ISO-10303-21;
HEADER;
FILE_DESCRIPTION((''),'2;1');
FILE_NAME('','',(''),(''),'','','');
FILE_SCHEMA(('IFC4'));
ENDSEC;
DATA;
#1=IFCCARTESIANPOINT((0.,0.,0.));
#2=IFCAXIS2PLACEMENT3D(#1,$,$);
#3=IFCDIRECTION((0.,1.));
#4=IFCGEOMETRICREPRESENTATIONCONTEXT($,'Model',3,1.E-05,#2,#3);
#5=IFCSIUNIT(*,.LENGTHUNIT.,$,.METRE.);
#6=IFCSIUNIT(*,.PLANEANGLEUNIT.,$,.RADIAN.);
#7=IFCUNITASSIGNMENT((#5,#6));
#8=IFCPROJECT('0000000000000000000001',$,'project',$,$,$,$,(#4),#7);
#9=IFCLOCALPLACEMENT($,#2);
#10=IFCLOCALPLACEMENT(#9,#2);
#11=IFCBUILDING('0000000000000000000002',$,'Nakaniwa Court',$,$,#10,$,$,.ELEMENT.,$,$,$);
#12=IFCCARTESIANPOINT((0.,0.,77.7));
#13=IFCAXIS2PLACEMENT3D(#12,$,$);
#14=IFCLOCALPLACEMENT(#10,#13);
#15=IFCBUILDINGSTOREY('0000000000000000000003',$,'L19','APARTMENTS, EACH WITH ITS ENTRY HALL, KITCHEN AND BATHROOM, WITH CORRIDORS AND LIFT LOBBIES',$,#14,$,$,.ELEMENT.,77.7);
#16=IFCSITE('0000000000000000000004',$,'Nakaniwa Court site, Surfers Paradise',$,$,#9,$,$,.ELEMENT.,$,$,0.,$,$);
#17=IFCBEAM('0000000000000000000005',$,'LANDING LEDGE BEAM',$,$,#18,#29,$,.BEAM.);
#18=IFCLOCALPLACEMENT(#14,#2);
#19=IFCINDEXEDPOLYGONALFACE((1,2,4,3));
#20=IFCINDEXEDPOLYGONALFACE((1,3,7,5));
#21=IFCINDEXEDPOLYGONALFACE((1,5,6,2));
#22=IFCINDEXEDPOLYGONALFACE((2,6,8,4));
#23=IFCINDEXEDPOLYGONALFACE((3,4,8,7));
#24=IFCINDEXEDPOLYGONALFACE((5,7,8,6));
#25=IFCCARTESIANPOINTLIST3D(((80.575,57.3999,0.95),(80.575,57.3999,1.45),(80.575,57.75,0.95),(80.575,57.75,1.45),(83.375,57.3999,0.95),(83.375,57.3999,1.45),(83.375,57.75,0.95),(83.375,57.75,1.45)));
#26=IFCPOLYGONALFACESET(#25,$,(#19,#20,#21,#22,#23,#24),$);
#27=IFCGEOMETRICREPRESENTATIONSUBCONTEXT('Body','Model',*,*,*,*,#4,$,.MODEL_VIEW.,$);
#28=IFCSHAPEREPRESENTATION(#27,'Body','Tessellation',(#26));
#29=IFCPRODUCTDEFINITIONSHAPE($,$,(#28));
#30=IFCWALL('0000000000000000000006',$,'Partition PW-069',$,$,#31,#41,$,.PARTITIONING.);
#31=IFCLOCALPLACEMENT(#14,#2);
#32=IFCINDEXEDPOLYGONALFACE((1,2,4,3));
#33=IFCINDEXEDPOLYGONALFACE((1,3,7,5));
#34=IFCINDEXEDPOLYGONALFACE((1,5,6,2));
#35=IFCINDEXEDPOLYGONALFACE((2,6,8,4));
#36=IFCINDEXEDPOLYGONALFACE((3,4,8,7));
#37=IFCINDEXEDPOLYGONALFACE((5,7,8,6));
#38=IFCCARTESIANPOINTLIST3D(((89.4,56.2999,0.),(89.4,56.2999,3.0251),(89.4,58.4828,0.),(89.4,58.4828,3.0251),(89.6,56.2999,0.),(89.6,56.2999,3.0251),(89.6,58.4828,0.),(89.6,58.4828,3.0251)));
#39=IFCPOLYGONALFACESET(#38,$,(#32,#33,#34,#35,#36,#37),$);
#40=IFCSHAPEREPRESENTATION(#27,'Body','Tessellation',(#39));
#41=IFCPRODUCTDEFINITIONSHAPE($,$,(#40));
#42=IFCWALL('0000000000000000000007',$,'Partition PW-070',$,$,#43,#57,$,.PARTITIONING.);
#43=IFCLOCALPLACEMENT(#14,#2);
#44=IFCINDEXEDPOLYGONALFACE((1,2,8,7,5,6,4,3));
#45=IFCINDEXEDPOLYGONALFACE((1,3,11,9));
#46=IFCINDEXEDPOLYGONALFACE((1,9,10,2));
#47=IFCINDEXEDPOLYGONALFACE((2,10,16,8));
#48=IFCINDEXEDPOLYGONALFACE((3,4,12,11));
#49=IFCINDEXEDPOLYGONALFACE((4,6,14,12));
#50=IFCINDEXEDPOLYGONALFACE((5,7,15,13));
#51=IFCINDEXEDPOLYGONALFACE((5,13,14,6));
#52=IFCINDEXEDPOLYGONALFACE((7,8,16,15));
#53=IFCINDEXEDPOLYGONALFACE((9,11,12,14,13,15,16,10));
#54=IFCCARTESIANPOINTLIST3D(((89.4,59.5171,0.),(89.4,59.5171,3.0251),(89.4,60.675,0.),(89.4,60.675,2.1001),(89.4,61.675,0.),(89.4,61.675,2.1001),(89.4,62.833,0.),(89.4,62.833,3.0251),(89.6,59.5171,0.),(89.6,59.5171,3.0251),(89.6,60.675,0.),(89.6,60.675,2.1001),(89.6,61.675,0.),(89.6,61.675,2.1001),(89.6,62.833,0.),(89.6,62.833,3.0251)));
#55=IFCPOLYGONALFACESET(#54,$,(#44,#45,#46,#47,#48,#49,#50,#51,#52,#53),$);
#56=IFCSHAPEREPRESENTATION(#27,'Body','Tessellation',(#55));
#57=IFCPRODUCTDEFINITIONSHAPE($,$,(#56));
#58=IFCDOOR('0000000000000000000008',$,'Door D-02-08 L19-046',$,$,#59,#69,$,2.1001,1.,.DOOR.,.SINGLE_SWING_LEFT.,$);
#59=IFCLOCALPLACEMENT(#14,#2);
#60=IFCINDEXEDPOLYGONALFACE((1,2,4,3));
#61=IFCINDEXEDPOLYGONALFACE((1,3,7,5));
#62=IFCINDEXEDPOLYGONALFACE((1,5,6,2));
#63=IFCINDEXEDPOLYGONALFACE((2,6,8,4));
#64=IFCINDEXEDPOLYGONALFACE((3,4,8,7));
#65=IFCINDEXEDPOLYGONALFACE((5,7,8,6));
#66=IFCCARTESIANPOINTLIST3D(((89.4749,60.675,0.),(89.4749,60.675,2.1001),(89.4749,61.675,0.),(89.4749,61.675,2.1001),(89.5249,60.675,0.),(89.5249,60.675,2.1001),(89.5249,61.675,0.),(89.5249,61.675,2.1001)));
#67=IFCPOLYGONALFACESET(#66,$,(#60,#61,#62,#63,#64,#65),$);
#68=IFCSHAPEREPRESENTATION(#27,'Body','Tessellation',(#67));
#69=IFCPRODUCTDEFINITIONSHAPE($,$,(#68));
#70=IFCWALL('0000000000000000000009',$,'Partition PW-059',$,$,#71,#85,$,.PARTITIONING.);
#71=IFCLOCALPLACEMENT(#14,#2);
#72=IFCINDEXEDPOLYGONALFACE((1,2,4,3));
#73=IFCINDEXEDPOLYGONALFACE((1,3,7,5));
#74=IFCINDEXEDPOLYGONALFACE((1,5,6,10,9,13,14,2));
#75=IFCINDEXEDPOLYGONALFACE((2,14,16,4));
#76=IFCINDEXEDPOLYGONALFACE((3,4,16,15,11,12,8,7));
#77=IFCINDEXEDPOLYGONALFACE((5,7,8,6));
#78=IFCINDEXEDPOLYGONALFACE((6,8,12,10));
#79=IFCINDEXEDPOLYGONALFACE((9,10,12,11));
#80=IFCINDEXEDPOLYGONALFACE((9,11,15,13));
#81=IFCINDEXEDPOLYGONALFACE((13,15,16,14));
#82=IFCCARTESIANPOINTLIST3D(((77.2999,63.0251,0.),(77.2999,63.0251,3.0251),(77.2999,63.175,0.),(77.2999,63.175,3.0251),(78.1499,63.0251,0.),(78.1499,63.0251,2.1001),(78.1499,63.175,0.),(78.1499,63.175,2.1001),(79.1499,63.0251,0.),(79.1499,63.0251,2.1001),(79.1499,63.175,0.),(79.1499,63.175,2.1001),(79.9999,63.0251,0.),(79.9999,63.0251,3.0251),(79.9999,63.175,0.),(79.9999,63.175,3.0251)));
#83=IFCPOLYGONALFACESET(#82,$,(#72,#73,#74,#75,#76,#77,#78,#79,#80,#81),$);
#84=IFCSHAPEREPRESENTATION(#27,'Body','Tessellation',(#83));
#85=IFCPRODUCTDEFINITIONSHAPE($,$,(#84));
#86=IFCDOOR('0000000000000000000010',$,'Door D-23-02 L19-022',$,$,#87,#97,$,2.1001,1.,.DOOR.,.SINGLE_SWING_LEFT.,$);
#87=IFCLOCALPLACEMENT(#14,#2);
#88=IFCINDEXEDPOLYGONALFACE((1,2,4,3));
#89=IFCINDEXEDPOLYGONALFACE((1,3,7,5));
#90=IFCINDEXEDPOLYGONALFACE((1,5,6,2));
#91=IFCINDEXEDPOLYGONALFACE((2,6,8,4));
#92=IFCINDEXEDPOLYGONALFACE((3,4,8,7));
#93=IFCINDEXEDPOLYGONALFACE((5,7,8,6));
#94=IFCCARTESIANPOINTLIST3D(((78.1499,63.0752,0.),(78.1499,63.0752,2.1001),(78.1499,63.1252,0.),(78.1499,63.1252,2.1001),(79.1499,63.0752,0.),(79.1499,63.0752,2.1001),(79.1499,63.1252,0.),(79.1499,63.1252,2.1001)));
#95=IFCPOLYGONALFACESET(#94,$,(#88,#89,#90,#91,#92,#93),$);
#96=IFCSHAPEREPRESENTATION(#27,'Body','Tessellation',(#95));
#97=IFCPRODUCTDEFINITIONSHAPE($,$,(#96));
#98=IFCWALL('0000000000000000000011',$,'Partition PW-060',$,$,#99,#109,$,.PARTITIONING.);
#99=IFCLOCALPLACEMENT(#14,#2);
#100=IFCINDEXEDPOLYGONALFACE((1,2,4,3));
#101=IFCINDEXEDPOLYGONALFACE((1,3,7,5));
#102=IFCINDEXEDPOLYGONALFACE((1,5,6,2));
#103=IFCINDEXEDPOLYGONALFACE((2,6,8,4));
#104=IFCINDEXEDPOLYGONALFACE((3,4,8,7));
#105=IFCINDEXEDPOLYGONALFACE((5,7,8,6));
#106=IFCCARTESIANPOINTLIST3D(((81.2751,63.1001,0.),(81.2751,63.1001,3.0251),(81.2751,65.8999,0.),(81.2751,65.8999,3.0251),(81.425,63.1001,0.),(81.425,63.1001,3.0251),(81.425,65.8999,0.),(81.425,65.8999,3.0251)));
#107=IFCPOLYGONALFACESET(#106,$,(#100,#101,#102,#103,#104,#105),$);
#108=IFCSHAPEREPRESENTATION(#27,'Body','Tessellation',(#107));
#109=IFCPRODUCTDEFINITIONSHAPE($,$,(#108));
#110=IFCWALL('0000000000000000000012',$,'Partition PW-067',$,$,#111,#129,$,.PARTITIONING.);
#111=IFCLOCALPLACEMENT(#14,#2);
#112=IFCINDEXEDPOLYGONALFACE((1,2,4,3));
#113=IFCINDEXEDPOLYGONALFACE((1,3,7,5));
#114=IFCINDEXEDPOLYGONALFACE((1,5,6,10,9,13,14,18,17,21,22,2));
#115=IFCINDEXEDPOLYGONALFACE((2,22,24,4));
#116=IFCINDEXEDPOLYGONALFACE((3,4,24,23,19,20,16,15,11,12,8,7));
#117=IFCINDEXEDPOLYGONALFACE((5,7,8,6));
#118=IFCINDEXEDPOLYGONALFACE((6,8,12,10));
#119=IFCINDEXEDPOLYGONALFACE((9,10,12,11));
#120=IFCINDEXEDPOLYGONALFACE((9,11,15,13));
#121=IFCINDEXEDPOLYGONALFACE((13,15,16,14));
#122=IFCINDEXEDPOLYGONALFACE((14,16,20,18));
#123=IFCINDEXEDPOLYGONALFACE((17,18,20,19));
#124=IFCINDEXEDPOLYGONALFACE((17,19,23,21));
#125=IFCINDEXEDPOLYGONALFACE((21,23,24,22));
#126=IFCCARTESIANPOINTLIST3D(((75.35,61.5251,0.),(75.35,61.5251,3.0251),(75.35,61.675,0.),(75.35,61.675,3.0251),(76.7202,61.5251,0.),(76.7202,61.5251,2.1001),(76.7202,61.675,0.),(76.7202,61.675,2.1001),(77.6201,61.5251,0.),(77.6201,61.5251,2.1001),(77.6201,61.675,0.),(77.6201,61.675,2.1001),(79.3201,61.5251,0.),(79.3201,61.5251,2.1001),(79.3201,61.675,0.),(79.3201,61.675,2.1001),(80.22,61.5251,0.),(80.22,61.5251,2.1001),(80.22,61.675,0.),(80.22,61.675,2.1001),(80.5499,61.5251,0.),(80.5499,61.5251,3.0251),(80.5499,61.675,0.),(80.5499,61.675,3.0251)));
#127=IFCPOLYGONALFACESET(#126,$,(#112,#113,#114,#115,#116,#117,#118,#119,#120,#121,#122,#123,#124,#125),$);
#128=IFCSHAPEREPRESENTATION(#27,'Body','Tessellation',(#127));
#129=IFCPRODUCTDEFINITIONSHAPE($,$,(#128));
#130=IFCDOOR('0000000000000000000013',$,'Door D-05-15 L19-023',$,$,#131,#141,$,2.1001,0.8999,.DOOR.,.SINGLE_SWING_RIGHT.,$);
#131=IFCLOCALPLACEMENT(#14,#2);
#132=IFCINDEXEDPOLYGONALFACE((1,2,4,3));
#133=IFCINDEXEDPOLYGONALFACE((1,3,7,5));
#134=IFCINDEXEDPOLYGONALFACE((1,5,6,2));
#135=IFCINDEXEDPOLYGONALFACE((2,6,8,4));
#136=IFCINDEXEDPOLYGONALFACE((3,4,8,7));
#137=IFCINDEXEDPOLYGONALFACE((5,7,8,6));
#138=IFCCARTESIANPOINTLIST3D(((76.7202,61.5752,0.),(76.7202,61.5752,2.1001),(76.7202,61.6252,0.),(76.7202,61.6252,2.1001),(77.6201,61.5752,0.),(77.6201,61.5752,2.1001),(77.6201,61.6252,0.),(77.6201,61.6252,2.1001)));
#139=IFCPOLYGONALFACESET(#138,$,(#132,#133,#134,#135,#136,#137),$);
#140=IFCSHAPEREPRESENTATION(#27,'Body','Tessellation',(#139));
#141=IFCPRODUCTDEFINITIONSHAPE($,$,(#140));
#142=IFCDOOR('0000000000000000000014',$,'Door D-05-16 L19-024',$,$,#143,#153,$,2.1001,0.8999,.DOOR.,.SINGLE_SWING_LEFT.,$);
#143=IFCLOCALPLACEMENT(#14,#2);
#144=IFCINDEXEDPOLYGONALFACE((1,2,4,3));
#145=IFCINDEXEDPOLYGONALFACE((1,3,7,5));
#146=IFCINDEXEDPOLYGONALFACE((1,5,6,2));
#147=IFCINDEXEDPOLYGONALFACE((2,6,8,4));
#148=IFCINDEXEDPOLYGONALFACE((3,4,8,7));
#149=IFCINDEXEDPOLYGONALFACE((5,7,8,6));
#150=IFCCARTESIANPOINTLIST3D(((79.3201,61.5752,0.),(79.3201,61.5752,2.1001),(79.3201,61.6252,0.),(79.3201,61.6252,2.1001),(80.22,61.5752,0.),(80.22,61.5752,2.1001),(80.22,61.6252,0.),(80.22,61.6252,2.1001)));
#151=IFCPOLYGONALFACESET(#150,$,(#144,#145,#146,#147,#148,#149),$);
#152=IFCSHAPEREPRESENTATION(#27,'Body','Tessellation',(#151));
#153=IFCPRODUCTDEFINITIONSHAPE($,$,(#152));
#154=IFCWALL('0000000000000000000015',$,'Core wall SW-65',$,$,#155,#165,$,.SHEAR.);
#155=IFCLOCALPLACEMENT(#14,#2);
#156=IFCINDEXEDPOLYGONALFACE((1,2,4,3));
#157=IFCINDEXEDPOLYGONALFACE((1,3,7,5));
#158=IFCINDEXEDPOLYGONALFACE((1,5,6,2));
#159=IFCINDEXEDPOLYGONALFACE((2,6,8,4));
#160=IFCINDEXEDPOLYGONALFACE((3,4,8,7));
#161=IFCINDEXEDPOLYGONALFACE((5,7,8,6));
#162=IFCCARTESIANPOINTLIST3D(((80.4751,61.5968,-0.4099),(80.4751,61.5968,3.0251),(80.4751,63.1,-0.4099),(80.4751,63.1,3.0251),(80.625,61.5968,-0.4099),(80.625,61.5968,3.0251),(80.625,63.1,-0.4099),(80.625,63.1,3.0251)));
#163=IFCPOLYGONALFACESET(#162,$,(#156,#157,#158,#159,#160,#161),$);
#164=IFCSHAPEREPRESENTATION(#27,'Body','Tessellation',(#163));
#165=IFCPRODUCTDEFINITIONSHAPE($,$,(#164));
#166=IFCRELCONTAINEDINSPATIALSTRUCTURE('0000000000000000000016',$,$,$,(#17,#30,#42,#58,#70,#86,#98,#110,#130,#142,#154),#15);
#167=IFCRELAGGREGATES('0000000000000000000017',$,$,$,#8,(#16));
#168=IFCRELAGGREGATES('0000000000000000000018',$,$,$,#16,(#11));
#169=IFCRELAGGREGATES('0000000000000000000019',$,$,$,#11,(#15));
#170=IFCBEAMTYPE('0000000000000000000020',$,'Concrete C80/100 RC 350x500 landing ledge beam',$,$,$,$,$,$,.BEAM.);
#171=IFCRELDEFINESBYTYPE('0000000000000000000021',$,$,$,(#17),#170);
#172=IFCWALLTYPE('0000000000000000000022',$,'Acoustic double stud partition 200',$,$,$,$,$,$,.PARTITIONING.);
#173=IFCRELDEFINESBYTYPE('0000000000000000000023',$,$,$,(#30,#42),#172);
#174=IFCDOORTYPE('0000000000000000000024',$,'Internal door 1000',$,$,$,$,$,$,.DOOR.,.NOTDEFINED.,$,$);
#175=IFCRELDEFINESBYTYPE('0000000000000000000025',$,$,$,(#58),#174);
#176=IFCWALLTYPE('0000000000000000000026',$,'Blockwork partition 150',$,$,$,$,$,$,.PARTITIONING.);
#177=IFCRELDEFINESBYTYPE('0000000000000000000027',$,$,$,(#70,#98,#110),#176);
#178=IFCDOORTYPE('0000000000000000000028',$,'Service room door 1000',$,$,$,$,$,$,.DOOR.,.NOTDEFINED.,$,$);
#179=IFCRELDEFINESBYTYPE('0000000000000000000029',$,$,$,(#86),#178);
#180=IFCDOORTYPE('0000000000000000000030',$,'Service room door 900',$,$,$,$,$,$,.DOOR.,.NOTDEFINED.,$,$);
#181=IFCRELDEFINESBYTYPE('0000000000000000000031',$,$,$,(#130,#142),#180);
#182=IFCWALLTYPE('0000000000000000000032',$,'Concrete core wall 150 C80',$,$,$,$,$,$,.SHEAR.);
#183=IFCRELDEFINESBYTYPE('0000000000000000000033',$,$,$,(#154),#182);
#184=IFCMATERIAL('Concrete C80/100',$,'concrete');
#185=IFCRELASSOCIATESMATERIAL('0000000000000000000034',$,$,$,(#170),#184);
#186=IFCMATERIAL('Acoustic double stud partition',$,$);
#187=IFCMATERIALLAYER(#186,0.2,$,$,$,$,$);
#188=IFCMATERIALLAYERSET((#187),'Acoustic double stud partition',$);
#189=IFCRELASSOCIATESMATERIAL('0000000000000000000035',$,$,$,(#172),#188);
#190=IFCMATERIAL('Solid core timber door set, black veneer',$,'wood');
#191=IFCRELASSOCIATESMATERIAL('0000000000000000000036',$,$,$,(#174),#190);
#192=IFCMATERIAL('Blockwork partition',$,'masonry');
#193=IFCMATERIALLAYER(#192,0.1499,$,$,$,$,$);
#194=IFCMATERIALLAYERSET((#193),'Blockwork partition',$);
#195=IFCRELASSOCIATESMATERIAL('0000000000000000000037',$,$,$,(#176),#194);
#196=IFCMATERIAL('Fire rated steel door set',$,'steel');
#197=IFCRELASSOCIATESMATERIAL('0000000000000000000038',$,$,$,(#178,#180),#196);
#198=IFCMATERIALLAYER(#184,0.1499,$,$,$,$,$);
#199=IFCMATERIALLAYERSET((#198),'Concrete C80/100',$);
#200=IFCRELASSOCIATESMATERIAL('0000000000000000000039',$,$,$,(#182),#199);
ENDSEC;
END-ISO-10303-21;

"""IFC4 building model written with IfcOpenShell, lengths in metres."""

from ifc_helpers import new_model, si_unit, direction, frame, frame_2d, origin, origin_2d, place, context, subcontext, project, spatial, rectangle, extrude, material, layer, layer_set, material_profile, profile_set, type_object, element, fill, save


model = new_model("IFC4")

# Units and contexts
model_context = context("Model", 3, precision=1e-05, world=origin(), true_north=direction((0.0, 1.0)))
body_context = subcontext(model_context, "Body", "Model", "MODEL_VIEW")
ifc_project = project(units=[si_unit("LENGTHUNIT", "METRE"), si_unit("PLANEANGLEUNIT", "RADIAN")], contexts=[model_context])

# Site, building, storey
site_placement = place(None, origin())
site = spatial("IfcSite", under=ifc_project, at=site_placement, Name="Nakaniwa Court site, Surfers Paradise", CompositionType="ELEMENT", RefElevation=0.0)
building_placement = place(site_placement, origin())
building = spatial("IfcBuilding", under=site, at=building_placement, Name="Nakaniwa Court", CompositionType="ELEMENT")
storey_placement = place(building_placement, frame((0.0, 0.0, 77.7)))
storey = spatial("IfcBuildingStorey", under=building, at=storey_placement, Name="L19", Description="APARTMENTS, EACH WITH ITS ENTRY HALL, KITCHEN AND BATHROOM, WITH CORRIDORS AND LIFT LOBBIES", CompositionType="ELEMENT", Elevation=77.7)

# Beam
ifc_material_1 = material(Name="Concrete C80/100", Category="concrete")
ifc_material_profile = material_profile(ifc_material_1, rectangle(XDim=0.3501, YDim=0.5, at=origin_2d()), Name="Concrete C80/100 RC 350x500 landing ledge beam")
ifc_profile_set = profile_set([ifc_material_profile], Name="Concrete C80/100")
beam_type = type_object("IfcBeamType", Name="Concrete C80/100 RC 350x500 landing ledge beam", PredefinedType="BEAM", material=ifc_profile_set)
beam_placement = place(storey_placement, frame((80.575, 57.575, 1.2), z_axis=(1.0, 0.0, 0.0), x_axis=(0.0, 1.0, 0.0)))
element("IfcBeam", 1, at=beam_placement, inside=storey, type_object=beam_type, Name="LANDING LEDGE BEAM", PredefinedType="BEAM", context=body_context, shape_type="SweptSolid", body=[
    extrude(rectangle(XDim=0.3501, YDim=0.5, at=origin_2d()), origin(), (0.0, 0.0, 1.0), 2.8),
])

# Wall
ifc_material_2 = material(Name="Acoustic double stud partition")
ifc_layer_1 = layer(ifc_material_2, 0.2)
ifc_layer_set_1 = layer_set([ifc_layer_1], Name="Acoustic double stud partition")
wall_type_1 = type_object("IfcWallType", Name="Acoustic double stud partition 200", PredefinedType="PARTITIONING", material=ifc_layer_set_1)
wall_1_placement = place(storey_placement, frame((89.5, 56.3, 0.0), z_axis=(0.0, 0.0, 1.0), x_axis=(0.0, 1.0, 0.0)))
element("IfcWall", 2, at=wall_1_placement, inside=storey, type_object=wall_type_1, Name="Partition PW-069", PredefinedType="PARTITIONING", context=body_context, shape_type="SweptSolid", body=[
    extrude(rectangle(XDim=2.1829, YDim=0.2, at=frame_2d((1.0913, 0.0))), origin(), (0.0, 0.0, 1.0), 3.0251),
])

# Walls, openings, doors
wall_2_placement = place(storey_placement, frame((89.5, 62.833, 0.0), z_axis=(0.0, 0.0, 1.0), x_axis=(0.0, -1.0, 0.0)))
wall_2 = element("IfcWall", 3, at=wall_2_placement, inside=storey, type_object=wall_type_1, Name="Partition PW-070", PredefinedType="PARTITIONING", context=body_context, shape_type="SweptSolid", body=[
    extrude(rectangle(XDim=3.3159, YDim=0.2, at=frame_2d((1.658, 0.0))), origin(), (0.0, 0.0, 1.0), 3.0251),
])
opening_1_placement = place(wall_2_placement, frame((1.158, 0.0, 0.0)))
opening_1 = element("IfcOpeningElement", 4, at=opening_1_placement, cuts=wall_2, PredefinedType="OPENING", context=body_context, shape_type="SweptSolid", body=[
    extrude(rectangle(XDim=1.0, YDim=2.1001, at=frame_2d((0.5, 1.05))), frame((0.0, 0.1099, 0.0), z_axis=(0.0, -1.0, 0.0), x_axis=(1.0, 0.0, 0.0)), (0.0, 0.0, 1.0), 0.22),
])
ifc_material_3 = material(Name="Solid core timber door set, black veneer", Category="wood")
door_type_1 = type_object("IfcDoorType", Name="Internal door 1000", OperationType="NOTDEFINED", PredefinedType="DOOR", material=ifc_material_3)
door_1_placement = place(opening_1_placement, origin())
door_1 = element("IfcDoor", 5, at=door_1_placement, inside=storey, type_object=door_type_1, Name="Door D-02-08 L19-046", OperationType="SINGLE_SWING_LEFT", OverallHeight=2.1001, OverallWidth=1.0, PredefinedType="DOOR", context=body_context, shape_type="SweptSolid", body=[
    extrude(rectangle(XDim=1.0, YDim=2.1001, at=frame_2d((0.5, 1.05))), frame((0.0, 0.0249, 0.0), z_axis=(0.0, -1.0, 0.0), x_axis=(1.0, 0.0, 0.0)), (0.0, 0.0, 1.0), 0.05),
])
fill(opening_1, door_1)
ifc_material_4 = material(Name="Blockwork partition", Category="masonry")
ifc_layer_2 = layer(ifc_material_4, 0.1499)
ifc_layer_set_2 = layer_set([ifc_layer_2], Name="Blockwork partition")
wall_type_2 = type_object("IfcWallType", Name="Blockwork partition 150", PredefinedType="PARTITIONING", material=ifc_layer_set_2)
wall_3_placement = place(storey_placement, frame((80.0, 63.1001, 0.0), z_axis=(0.0, 0.0, 1.0), x_axis=(-1.0, 0.0, 0.0)))
wall_3 = element("IfcWall", 6, at=wall_3_placement, inside=storey, type_object=wall_type_2, Name="Partition PW-059", PredefinedType="PARTITIONING", context=body_context, shape_type="SweptSolid", body=[
    extrude(rectangle(XDim=2.7, YDim=0.1499, at=frame_2d((1.3501, 0.0))), origin(), (0.0, 0.0, 1.0), 3.0251),
])
opening_2_placement = place(wall_3_placement, frame((0.8501, 0.0, 0.0)))
opening_2 = element("IfcOpeningElement", 7, at=opening_2_placement, cuts=wall_3, PredefinedType="OPENING", context=body_context, shape_type="SweptSolid", body=[
    extrude(rectangle(XDim=1.0, YDim=2.1001, at=frame_2d((0.5, 1.05))), frame((0.0, 0.085, 0.0), z_axis=(0.0, -1.0, 0.0), x_axis=(1.0, 0.0, 0.0)), (0.0, 0.0, 1.0), 0.1699),
])
ifc_material_5 = material(Name="Fire rated steel door set", Category="steel")
door_type_2 = type_object("IfcDoorType", Name="Service room door 1000", OperationType="NOTDEFINED", PredefinedType="DOOR", material=ifc_material_5)
door_2_placement = place(opening_2_placement, origin())
door_2 = element("IfcDoor", 8, at=door_2_placement, inside=storey, type_object=door_type_2, Name="Door D-23-02 L19-022", OperationType="SINGLE_SWING_LEFT", OverallHeight=2.1001, OverallWidth=1.0, PredefinedType="DOOR", context=body_context, shape_type="SweptSolid", body=[
    extrude(rectangle(XDim=1.0, YDim=2.1001, at=frame_2d((0.5, 1.05))), frame((0.0, 0.0249, 0.0), z_axis=(0.0, -1.0, 0.0), x_axis=(1.0, 0.0, 0.0)), (0.0, 0.0, 1.0), 0.05),
])
fill(opening_2, door_2)

# Wall
wall_4_placement = place(storey_placement, frame((81.3501, 63.1001, 0.0), z_axis=(0.0, 0.0, 1.0), x_axis=(0.0, 1.0, 0.0)))
element("IfcWall", 9, at=wall_4_placement, inside=storey, type_object=wall_type_2, Name="Partition PW-060", PredefinedType="PARTITIONING", context=body_context, shape_type="SweptSolid", body=[
    extrude(rectangle(XDim=2.7998, YDim=0.1499, at=frame_2d((1.3999, 0.0))), origin(), (0.0, 0.0, 1.0), 3.0251),
])

# Wall, openings, doors
wall_5_placement = place(storey_placement, frame((80.55, 61.6001, 0.0), z_axis=(0.0, 0.0, 1.0), x_axis=(-1.0, 0.0, 0.0)))
wall_5 = element("IfcWall", 10, at=wall_5_placement, inside=storey, type_object=wall_type_2, Name="Partition PW-067", PredefinedType="PARTITIONING", context=body_context, shape_type="SweptSolid", body=[
    extrude(rectangle(XDim=5.2, YDim=0.1499, at=frame_2d((2.6001, 0.0))), origin(), (0.0, 0.0, 1.0), 3.0251),
])
opening_3_placement = place(wall_5_placement, frame((2.9299, 0.0, 0.0)))
opening_3 = element("IfcOpeningElement", 11, at=opening_3_placement, cuts=wall_5, PredefinedType="OPENING", context=body_context, shape_type="SweptSolid", body=[
    extrude(rectangle(XDim=0.8999, YDim=2.1001, at=frame_2d((0.45, 1.05))), frame((0.0, 0.085, 0.0), z_axis=(0.0, -1.0, 0.0), x_axis=(1.0, 0.0, 0.0)), (0.0, 0.0, 1.0), 0.1699),
])
opening_4_placement = place(wall_5_placement, frame((0.3301, 0.0, 0.0)))
opening_4 = element("IfcOpeningElement", 12, at=opening_4_placement, cuts=wall_5, PredefinedType="OPENING", context=body_context, shape_type="SweptSolid", body=[
    extrude(rectangle(XDim=0.8999, YDim=2.1001, at=frame_2d((0.45, 1.05))), frame((0.0, 0.085, 0.0), z_axis=(0.0, -1.0, 0.0), x_axis=(1.0, 0.0, 0.0)), (0.0, 0.0, 1.0), 0.1699),
])
door_type_3 = type_object("IfcDoorType", Name="Service room door 900", OperationType="NOTDEFINED", PredefinedType="DOOR", material=ifc_material_5)
door_3_placement = place(opening_3_placement, origin())
door_3 = element("IfcDoor", 13, at=door_3_placement, inside=storey, type_object=door_type_3, Name="Door D-05-15 L19-023", OperationType="SINGLE_SWING_RIGHT", OverallHeight=2.1001, OverallWidth=0.8999, PredefinedType="DOOR", context=body_context, shape_type="SweptSolid", body=[
    extrude(rectangle(XDim=0.8999, YDim=2.1001, at=frame_2d((0.45, 1.05))), frame((0.0, 0.0249, 0.0), z_axis=(0.0, -1.0, 0.0), x_axis=(1.0, 0.0, 0.0)), (0.0, 0.0, 1.0), 0.05),
])
fill(opening_3, door_3)
door_4_placement = place(opening_4_placement, origin())
door_4 = element("IfcDoor", 14, at=door_4_placement, inside=storey, type_object=door_type_3, Name="Door D-05-16 L19-024", OperationType="SINGLE_SWING_LEFT", OverallHeight=2.1001, OverallWidth=0.8999, PredefinedType="DOOR", context=body_context, shape_type="SweptSolid", body=[
    extrude(rectangle(XDim=0.8999, YDim=2.1001, at=frame_2d((0.45, 1.05))), frame((0.0, 0.0249, 0.0), z_axis=(0.0, -1.0, 0.0), x_axis=(1.0, 0.0, 0.0)), (0.0, 0.0, 1.0), 0.05),
])
fill(opening_4, door_4)

# Wall
ifc_layer_3 = layer(ifc_material_1, 0.1499)
ifc_layer_set_3 = layer_set([ifc_layer_3], Name="Concrete C80/100")
wall_type_3 = type_object("IfcWallType", Name="Concrete core wall 150 C80", PredefinedType="SHEAR", material=ifc_layer_set_3)
wall_6_placement = place(storey_placement, frame((80.55, 61.5969, -0.4099), z_axis=(0.0, 0.0, 1.0), x_axis=(0.0, 1.0, 0.0)))
element("IfcWall", 15, at=wall_6_placement, inside=storey, type_object=wall_type_3, Name="Core wall SW-65", PredefinedType="SHEAR", context=body_context, shape_type="SweptSolid", body=[
    extrude(rectangle(XDim=1.5032, YDim=0.1499, at=frame_2d((0.7515, 0.0))), origin(), (0.0, 0.0, 1.0), 3.4351),
])

save(model, "model.ifc")
